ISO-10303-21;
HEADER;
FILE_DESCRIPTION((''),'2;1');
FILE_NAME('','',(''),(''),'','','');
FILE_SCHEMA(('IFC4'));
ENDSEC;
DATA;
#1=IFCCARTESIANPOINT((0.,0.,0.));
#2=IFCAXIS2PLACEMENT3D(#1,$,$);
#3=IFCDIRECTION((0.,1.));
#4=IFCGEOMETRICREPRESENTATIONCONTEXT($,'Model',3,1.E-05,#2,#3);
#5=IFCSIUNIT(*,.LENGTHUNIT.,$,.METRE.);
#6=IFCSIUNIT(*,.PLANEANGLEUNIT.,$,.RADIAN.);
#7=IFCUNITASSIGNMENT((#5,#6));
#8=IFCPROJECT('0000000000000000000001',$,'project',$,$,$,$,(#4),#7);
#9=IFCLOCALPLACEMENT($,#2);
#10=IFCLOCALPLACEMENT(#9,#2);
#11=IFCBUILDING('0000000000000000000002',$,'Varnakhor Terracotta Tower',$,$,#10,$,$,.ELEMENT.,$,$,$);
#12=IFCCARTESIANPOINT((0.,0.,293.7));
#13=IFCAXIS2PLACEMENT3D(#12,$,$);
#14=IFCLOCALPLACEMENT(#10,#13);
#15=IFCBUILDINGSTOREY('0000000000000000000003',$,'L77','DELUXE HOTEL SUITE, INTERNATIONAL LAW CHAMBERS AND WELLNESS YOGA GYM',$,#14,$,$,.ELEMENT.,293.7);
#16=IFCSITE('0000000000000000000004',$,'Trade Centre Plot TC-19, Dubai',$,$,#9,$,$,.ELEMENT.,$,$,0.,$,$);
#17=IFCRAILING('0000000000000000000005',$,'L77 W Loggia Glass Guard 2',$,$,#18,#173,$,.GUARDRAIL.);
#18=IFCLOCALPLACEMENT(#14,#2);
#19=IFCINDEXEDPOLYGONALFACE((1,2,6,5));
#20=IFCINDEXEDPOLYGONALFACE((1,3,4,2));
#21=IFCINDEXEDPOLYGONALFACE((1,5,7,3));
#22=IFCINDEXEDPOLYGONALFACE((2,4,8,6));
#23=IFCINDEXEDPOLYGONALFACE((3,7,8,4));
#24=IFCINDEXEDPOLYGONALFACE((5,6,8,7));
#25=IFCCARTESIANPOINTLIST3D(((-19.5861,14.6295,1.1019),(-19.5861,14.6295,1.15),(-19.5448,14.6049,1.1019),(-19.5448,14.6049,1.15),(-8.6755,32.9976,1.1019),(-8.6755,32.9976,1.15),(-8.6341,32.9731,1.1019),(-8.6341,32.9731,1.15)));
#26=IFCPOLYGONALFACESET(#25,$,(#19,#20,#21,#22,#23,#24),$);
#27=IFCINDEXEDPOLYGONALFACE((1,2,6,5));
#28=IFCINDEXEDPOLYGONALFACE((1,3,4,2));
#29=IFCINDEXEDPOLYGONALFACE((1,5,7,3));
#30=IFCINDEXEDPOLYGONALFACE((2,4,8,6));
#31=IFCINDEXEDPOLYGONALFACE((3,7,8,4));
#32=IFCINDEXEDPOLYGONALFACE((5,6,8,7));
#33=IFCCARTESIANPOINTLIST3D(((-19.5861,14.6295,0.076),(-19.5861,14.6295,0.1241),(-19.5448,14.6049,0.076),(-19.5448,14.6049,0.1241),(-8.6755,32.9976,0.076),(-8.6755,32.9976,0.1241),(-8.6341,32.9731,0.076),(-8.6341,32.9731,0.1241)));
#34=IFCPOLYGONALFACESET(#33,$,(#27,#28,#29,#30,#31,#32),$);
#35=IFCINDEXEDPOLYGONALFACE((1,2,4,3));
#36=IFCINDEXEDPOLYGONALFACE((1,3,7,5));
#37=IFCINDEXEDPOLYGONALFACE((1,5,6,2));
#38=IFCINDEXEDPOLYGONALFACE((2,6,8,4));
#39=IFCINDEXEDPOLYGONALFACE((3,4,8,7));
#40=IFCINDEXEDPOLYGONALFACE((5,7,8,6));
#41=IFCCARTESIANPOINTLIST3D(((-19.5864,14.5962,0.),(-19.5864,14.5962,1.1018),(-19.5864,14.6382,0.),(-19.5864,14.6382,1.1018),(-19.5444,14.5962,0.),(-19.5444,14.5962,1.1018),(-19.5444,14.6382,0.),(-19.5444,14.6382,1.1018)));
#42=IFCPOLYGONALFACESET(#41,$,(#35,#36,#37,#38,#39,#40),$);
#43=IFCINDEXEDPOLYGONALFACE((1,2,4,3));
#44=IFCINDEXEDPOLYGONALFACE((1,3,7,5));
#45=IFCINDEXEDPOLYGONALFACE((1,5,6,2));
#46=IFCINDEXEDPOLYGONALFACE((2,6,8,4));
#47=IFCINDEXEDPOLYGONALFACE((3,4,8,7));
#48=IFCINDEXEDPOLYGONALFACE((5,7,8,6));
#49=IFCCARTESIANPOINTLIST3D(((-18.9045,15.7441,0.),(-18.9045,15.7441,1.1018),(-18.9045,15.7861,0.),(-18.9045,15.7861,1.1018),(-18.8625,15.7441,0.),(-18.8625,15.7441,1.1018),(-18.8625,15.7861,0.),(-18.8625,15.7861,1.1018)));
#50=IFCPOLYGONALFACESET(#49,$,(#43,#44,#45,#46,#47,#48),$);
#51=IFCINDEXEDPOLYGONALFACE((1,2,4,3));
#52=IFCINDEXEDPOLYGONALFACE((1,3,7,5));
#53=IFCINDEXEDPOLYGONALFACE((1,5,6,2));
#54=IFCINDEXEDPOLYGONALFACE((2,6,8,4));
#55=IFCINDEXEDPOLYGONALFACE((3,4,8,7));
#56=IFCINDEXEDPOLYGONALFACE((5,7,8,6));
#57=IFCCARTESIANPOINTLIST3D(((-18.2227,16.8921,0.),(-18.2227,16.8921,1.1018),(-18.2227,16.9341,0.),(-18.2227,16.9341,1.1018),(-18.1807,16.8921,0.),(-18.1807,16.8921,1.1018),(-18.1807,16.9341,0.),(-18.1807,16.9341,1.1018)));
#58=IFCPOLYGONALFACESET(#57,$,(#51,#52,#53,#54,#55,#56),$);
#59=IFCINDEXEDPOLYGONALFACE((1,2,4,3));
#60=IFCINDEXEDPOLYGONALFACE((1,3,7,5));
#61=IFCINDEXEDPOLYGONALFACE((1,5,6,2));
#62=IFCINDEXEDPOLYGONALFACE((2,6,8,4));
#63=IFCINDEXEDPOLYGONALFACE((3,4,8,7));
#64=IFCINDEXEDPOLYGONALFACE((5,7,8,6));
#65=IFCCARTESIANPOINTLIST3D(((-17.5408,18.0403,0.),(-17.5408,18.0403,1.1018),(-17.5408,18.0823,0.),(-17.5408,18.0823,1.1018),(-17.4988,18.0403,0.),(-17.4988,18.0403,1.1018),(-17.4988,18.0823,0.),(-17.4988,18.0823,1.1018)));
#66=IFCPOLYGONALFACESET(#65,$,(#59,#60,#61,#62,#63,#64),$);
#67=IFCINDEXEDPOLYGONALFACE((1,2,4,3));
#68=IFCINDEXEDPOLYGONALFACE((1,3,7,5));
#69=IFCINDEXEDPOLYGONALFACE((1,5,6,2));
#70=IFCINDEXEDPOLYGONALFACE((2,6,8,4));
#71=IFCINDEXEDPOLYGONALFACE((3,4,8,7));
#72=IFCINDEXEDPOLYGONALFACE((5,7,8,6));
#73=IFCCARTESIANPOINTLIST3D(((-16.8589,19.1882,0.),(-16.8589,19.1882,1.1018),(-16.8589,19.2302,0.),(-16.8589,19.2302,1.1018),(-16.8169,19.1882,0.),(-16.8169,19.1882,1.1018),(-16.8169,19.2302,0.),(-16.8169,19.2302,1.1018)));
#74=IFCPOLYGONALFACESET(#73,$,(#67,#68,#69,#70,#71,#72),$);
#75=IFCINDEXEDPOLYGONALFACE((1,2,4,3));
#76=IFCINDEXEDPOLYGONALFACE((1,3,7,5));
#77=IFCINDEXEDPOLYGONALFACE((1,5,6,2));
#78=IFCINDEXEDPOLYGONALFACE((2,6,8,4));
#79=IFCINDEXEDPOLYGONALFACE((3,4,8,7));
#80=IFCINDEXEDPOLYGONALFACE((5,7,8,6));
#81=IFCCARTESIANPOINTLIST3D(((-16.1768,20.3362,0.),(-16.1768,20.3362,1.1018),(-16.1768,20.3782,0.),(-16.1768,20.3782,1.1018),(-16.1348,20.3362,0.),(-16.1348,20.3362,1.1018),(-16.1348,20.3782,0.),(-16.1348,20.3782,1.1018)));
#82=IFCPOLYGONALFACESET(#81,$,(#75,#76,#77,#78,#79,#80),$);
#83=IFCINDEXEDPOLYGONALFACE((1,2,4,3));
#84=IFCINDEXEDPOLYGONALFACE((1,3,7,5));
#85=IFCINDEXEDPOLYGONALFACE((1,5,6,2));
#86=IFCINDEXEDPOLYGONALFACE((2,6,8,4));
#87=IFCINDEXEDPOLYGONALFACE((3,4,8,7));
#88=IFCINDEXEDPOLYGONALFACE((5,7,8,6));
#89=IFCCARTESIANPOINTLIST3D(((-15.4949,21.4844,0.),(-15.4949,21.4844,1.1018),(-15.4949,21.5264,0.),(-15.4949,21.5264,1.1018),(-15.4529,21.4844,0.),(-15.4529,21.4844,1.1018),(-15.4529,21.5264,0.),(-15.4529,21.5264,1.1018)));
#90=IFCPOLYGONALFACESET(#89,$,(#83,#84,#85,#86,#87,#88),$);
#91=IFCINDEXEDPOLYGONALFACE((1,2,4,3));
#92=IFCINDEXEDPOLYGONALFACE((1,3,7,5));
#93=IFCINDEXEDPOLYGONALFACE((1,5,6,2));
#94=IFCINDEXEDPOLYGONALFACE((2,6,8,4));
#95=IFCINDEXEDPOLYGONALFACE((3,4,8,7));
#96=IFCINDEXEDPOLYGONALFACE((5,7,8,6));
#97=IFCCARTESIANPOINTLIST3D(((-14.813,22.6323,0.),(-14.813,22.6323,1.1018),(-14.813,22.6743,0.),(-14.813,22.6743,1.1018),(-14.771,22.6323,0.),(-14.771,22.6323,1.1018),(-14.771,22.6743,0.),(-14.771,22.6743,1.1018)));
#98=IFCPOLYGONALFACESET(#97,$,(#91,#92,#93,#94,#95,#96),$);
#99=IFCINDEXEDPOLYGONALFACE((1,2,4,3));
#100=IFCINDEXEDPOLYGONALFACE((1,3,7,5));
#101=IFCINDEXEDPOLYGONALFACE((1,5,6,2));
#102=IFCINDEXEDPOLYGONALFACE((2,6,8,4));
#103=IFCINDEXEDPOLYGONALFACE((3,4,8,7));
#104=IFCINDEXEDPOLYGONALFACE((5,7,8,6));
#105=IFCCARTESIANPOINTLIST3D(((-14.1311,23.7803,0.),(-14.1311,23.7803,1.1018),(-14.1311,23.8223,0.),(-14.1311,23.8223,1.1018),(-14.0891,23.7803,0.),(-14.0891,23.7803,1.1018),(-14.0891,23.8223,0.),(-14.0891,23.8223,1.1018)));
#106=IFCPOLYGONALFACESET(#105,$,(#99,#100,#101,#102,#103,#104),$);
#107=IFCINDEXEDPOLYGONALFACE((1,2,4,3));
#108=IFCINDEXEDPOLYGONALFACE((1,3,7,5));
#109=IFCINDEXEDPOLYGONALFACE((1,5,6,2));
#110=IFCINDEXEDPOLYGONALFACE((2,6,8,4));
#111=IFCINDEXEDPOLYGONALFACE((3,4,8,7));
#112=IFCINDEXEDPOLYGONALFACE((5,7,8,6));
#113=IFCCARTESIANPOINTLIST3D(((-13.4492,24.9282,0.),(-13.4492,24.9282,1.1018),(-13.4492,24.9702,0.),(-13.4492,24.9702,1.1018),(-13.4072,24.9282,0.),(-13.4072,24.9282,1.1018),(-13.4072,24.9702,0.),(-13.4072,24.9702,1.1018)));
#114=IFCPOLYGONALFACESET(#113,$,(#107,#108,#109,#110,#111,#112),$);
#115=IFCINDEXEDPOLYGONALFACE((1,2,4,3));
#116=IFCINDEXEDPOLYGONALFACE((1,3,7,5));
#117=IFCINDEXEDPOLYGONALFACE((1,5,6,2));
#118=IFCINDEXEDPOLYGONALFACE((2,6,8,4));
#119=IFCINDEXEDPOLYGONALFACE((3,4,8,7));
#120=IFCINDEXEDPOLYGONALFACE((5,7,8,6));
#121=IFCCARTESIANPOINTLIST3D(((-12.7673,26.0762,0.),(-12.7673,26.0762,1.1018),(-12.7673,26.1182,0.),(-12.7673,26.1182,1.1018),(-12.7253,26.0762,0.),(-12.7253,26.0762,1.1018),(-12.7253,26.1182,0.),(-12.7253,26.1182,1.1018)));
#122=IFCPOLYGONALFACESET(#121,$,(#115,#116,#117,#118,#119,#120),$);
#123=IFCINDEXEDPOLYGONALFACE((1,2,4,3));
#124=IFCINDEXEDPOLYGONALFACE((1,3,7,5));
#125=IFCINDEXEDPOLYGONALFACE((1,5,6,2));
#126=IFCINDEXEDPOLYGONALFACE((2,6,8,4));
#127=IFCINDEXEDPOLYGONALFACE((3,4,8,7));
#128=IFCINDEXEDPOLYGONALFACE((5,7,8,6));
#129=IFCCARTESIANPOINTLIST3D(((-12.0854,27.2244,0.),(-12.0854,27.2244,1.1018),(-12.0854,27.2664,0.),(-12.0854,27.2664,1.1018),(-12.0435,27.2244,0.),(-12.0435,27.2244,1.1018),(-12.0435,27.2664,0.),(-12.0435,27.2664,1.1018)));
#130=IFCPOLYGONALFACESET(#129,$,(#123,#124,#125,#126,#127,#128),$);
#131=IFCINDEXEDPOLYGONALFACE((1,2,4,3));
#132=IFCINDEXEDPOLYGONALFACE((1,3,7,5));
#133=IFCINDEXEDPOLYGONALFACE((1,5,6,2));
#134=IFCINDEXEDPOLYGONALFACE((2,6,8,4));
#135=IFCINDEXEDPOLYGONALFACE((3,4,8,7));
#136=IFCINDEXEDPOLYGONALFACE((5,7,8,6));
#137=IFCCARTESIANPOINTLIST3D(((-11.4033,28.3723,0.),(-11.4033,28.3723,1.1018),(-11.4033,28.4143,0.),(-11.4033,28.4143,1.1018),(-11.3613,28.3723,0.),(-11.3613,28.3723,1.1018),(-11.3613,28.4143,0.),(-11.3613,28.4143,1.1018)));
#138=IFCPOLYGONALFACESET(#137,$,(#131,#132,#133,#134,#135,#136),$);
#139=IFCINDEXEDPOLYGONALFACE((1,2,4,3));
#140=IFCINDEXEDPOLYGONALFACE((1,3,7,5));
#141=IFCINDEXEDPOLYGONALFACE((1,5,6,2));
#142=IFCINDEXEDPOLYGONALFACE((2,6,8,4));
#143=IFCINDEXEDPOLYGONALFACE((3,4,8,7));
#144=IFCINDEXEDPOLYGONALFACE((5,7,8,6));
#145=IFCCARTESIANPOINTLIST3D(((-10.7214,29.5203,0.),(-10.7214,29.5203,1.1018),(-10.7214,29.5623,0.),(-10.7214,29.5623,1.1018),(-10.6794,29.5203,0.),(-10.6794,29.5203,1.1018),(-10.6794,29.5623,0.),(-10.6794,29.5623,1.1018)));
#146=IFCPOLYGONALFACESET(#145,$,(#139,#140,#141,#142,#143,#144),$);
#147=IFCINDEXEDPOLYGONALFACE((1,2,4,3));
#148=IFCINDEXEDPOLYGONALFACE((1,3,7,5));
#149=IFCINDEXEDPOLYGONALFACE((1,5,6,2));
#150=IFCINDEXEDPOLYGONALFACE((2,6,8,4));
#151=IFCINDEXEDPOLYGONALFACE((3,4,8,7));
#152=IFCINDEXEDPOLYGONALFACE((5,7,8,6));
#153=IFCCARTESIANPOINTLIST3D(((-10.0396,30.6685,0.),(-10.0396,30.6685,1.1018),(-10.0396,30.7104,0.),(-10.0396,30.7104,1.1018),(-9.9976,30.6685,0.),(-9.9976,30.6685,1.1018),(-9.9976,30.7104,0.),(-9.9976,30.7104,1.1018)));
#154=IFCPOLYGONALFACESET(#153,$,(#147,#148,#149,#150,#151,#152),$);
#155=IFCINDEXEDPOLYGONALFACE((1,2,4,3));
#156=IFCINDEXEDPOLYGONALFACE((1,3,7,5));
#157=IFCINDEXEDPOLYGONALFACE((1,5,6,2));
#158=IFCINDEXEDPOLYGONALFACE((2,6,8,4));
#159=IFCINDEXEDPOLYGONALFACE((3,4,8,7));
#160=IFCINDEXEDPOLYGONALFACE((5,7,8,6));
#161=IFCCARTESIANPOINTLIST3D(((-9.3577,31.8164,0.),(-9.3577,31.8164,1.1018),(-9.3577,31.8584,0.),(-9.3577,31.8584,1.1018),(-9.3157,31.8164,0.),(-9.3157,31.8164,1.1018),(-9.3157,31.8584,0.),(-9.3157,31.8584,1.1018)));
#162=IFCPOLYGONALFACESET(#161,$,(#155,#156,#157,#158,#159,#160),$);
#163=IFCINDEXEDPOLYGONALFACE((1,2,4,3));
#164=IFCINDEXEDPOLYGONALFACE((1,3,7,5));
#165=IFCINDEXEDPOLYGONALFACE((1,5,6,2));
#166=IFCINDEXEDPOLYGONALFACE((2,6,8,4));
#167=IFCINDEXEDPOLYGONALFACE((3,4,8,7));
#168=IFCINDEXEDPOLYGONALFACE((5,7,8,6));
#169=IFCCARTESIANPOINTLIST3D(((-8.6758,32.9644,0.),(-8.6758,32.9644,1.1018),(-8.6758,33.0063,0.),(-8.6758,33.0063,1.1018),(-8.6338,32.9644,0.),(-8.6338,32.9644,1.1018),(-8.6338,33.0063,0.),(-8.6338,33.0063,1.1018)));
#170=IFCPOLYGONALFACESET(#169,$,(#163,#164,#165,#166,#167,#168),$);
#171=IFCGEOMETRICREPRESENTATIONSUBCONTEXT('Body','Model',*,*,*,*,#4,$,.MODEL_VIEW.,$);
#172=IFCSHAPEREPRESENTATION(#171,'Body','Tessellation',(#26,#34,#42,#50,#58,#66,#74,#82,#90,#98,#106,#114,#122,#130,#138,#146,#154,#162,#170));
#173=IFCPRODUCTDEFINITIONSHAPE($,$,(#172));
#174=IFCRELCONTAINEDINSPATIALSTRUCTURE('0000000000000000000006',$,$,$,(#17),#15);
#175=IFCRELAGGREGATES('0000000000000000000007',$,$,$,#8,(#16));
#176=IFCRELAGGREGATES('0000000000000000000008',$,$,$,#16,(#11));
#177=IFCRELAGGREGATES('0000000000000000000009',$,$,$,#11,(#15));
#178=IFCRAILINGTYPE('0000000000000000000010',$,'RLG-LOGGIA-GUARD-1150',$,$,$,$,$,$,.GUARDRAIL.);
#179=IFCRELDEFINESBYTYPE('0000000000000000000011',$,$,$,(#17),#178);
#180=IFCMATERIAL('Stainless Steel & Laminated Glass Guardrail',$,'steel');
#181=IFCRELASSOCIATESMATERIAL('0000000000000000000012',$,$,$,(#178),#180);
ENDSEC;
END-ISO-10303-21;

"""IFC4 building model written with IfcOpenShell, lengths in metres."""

from ifc_helpers import new_model, si_unit, direction, frame, origin, origin_2d, place, context, subcontext, project, spatial, rectangle, extrude, material, type_object, element, save


model = new_model("IFC4")

# Units and contexts
model_context = context("Model", 3, precision=1e-05, world=origin(), true_north=direction((0.0, 1.0)))
body_context = subcontext(model_context, "Body", "Model", "MODEL_VIEW")
ifc_project = project(units=[si_unit("LENGTHUNIT", "METRE"), si_unit("PLANEANGLEUNIT", "RADIAN")], contexts=[model_context])

# Site, building, storey
site_placement = place(None, origin())
site = spatial("IfcSite", under=ifc_project, at=site_placement, Name="Trade Centre Plot TC-19, Dubai", CompositionType="ELEMENT", RefElevation=0.0)
building_placement = place(site_placement, origin())
building = spatial("IfcBuilding", under=site, at=building_placement, Name="Varnakhor Terracotta Tower", CompositionType="ELEMENT")
storey_placement = place(building_placement, frame((0.0, 0.0, 293.7)))
storey = spatial("IfcBuildingStorey", under=building, at=storey_placement, Name="L77", Description="DELUXE HOTEL SUITE, INTERNATIONAL LAW CHAMBERS AND WELLNESS YOGA GYM", CompositionType="ELEMENT", Elevation=293.7)

# Railing
ifc_material_1 = material(Name="Stainless Steel & Laminated Glass Guardrail", Category="steel")
railing_type = type_object("IfcRailingType", Name="RLG-LOGGIA-GUARD-1150", PredefinedType="GUARDRAIL", material=ifc_material_1)
railing_1_placement = place(storey_placement, frame((-19.5654, 14.6172, 0.0)))
element("IfcRailing", 1, at=railing_1_placement, inside=storey, type_object=railing_type, Name="L77 W Loggia Glass Guard 2", PredefinedType="GUARDRAIL", context=body_context, shape_type="SweptSolid", body=[
    extrude(rectangle(XDim=0.0481, YDim=0.0481, at=origin_2d()), frame((0.0, 0.0, 1.126), z_axis=(0.510696, 0.859761, 0.0), x_axis=(-0.859761, 0.510696, 0.0)), (0.0, 0.0, 1.0), 21.3643),
    extrude(rectangle(XDim=0.0481, YDim=0.0481, at=origin_2d()), frame((0.0, 0.0, 0.1001), z_axis=(0.510696, 0.859761, 0.0), x_axis=(-0.859761, 0.510696, 0.0)), (0.0, 0.0, 1.0), 21.3643),
    extrude(rectangle(XDim=0.042, YDim=0.042, at=origin_2d()), origin(), (0.0, 0.0, 1.0), 1.1018),
    extrude(rectangle(XDim=0.042, YDim=0.042, at=origin_2d()), frame((0.6819, 1.1479, 0.0)), (0.0, 0.0, 1.0), 1.1018),
    extrude(rectangle(XDim=0.042, YDim=0.042, at=origin_2d()), frame((1.3638, 2.2959, 0.0)), (0.0, 0.0, 1.0), 1.1018),
    extrude(rectangle(XDim=0.042, YDim=0.042, at=origin_2d()), frame((2.0457, 3.4441, 0.0)), (0.0, 0.0, 1.0), 1.1018),
    extrude(rectangle(XDim=0.042, YDim=0.042, at=origin_2d()), frame((2.7275, 4.592, 0.0)), (0.0, 0.0, 1.0), 1.1018),
    extrude(rectangle(XDim=0.042, YDim=0.042, at=origin_2d()), frame((3.4097, 5.74, 0.0)), (0.0, 0.0, 1.0), 1.1018),
    extrude(rectangle(XDim=0.042, YDim=0.042, at=origin_2d()), frame((4.0916, 6.8882, 0.0)), (0.0, 0.0, 1.0), 1.1018),
    extrude(rectangle(XDim=0.042, YDim=0.042, at=origin_2d()), frame((4.7734, 8.0361, 0.0)), (0.0, 0.0, 1.0), 1.1018),
    extrude(rectangle(XDim=0.042, YDim=0.042, at=origin_2d()), frame((5.4553, 9.1841, 0.0)), (0.0, 0.0, 1.0), 1.1018),
    extrude(rectangle(XDim=0.042, YDim=0.042, at=origin_2d()), frame((6.1372, 10.332, 0.0)), (0.0, 0.0, 1.0), 1.1018),
    extrude(rectangle(XDim=0.042, YDim=0.042, at=origin_2d()), frame((6.8191, 11.48, 0.0)), (0.0, 0.0, 1.0), 1.1018),
    extrude(rectangle(XDim=0.042, YDim=0.042, at=origin_2d()), frame((7.501, 12.6282, 0.0)), (0.0, 0.0, 1.0), 1.1018),
    extrude(rectangle(XDim=0.042, YDim=0.042, at=origin_2d()), frame((8.1831, 13.7761, 0.0)), (0.0, 0.0, 1.0), 1.1018),
    extrude(rectangle(XDim=0.042, YDim=0.042, at=origin_2d()), frame((8.865, 14.9241, 0.0)), (0.0, 0.0, 1.0), 1.1018),
    extrude(rectangle(XDim=0.042, YDim=0.042, at=origin_2d()), frame((9.5469, 16.0723, 0.0)), (0.0, 0.0, 1.0), 1.1018),
    extrude(rectangle(XDim=0.042, YDim=0.042, at=origin_2d()), frame((10.2288, 17.2202, 0.0)), (0.0, 0.0, 1.0), 1.1018),
    extrude(rectangle(XDim=0.042, YDim=0.042, at=origin_2d()), frame((10.9106, 18.3682, 0.0)), (0.0, 0.0, 1.0), 1.1018),
])

save(model, "model.ifc")
